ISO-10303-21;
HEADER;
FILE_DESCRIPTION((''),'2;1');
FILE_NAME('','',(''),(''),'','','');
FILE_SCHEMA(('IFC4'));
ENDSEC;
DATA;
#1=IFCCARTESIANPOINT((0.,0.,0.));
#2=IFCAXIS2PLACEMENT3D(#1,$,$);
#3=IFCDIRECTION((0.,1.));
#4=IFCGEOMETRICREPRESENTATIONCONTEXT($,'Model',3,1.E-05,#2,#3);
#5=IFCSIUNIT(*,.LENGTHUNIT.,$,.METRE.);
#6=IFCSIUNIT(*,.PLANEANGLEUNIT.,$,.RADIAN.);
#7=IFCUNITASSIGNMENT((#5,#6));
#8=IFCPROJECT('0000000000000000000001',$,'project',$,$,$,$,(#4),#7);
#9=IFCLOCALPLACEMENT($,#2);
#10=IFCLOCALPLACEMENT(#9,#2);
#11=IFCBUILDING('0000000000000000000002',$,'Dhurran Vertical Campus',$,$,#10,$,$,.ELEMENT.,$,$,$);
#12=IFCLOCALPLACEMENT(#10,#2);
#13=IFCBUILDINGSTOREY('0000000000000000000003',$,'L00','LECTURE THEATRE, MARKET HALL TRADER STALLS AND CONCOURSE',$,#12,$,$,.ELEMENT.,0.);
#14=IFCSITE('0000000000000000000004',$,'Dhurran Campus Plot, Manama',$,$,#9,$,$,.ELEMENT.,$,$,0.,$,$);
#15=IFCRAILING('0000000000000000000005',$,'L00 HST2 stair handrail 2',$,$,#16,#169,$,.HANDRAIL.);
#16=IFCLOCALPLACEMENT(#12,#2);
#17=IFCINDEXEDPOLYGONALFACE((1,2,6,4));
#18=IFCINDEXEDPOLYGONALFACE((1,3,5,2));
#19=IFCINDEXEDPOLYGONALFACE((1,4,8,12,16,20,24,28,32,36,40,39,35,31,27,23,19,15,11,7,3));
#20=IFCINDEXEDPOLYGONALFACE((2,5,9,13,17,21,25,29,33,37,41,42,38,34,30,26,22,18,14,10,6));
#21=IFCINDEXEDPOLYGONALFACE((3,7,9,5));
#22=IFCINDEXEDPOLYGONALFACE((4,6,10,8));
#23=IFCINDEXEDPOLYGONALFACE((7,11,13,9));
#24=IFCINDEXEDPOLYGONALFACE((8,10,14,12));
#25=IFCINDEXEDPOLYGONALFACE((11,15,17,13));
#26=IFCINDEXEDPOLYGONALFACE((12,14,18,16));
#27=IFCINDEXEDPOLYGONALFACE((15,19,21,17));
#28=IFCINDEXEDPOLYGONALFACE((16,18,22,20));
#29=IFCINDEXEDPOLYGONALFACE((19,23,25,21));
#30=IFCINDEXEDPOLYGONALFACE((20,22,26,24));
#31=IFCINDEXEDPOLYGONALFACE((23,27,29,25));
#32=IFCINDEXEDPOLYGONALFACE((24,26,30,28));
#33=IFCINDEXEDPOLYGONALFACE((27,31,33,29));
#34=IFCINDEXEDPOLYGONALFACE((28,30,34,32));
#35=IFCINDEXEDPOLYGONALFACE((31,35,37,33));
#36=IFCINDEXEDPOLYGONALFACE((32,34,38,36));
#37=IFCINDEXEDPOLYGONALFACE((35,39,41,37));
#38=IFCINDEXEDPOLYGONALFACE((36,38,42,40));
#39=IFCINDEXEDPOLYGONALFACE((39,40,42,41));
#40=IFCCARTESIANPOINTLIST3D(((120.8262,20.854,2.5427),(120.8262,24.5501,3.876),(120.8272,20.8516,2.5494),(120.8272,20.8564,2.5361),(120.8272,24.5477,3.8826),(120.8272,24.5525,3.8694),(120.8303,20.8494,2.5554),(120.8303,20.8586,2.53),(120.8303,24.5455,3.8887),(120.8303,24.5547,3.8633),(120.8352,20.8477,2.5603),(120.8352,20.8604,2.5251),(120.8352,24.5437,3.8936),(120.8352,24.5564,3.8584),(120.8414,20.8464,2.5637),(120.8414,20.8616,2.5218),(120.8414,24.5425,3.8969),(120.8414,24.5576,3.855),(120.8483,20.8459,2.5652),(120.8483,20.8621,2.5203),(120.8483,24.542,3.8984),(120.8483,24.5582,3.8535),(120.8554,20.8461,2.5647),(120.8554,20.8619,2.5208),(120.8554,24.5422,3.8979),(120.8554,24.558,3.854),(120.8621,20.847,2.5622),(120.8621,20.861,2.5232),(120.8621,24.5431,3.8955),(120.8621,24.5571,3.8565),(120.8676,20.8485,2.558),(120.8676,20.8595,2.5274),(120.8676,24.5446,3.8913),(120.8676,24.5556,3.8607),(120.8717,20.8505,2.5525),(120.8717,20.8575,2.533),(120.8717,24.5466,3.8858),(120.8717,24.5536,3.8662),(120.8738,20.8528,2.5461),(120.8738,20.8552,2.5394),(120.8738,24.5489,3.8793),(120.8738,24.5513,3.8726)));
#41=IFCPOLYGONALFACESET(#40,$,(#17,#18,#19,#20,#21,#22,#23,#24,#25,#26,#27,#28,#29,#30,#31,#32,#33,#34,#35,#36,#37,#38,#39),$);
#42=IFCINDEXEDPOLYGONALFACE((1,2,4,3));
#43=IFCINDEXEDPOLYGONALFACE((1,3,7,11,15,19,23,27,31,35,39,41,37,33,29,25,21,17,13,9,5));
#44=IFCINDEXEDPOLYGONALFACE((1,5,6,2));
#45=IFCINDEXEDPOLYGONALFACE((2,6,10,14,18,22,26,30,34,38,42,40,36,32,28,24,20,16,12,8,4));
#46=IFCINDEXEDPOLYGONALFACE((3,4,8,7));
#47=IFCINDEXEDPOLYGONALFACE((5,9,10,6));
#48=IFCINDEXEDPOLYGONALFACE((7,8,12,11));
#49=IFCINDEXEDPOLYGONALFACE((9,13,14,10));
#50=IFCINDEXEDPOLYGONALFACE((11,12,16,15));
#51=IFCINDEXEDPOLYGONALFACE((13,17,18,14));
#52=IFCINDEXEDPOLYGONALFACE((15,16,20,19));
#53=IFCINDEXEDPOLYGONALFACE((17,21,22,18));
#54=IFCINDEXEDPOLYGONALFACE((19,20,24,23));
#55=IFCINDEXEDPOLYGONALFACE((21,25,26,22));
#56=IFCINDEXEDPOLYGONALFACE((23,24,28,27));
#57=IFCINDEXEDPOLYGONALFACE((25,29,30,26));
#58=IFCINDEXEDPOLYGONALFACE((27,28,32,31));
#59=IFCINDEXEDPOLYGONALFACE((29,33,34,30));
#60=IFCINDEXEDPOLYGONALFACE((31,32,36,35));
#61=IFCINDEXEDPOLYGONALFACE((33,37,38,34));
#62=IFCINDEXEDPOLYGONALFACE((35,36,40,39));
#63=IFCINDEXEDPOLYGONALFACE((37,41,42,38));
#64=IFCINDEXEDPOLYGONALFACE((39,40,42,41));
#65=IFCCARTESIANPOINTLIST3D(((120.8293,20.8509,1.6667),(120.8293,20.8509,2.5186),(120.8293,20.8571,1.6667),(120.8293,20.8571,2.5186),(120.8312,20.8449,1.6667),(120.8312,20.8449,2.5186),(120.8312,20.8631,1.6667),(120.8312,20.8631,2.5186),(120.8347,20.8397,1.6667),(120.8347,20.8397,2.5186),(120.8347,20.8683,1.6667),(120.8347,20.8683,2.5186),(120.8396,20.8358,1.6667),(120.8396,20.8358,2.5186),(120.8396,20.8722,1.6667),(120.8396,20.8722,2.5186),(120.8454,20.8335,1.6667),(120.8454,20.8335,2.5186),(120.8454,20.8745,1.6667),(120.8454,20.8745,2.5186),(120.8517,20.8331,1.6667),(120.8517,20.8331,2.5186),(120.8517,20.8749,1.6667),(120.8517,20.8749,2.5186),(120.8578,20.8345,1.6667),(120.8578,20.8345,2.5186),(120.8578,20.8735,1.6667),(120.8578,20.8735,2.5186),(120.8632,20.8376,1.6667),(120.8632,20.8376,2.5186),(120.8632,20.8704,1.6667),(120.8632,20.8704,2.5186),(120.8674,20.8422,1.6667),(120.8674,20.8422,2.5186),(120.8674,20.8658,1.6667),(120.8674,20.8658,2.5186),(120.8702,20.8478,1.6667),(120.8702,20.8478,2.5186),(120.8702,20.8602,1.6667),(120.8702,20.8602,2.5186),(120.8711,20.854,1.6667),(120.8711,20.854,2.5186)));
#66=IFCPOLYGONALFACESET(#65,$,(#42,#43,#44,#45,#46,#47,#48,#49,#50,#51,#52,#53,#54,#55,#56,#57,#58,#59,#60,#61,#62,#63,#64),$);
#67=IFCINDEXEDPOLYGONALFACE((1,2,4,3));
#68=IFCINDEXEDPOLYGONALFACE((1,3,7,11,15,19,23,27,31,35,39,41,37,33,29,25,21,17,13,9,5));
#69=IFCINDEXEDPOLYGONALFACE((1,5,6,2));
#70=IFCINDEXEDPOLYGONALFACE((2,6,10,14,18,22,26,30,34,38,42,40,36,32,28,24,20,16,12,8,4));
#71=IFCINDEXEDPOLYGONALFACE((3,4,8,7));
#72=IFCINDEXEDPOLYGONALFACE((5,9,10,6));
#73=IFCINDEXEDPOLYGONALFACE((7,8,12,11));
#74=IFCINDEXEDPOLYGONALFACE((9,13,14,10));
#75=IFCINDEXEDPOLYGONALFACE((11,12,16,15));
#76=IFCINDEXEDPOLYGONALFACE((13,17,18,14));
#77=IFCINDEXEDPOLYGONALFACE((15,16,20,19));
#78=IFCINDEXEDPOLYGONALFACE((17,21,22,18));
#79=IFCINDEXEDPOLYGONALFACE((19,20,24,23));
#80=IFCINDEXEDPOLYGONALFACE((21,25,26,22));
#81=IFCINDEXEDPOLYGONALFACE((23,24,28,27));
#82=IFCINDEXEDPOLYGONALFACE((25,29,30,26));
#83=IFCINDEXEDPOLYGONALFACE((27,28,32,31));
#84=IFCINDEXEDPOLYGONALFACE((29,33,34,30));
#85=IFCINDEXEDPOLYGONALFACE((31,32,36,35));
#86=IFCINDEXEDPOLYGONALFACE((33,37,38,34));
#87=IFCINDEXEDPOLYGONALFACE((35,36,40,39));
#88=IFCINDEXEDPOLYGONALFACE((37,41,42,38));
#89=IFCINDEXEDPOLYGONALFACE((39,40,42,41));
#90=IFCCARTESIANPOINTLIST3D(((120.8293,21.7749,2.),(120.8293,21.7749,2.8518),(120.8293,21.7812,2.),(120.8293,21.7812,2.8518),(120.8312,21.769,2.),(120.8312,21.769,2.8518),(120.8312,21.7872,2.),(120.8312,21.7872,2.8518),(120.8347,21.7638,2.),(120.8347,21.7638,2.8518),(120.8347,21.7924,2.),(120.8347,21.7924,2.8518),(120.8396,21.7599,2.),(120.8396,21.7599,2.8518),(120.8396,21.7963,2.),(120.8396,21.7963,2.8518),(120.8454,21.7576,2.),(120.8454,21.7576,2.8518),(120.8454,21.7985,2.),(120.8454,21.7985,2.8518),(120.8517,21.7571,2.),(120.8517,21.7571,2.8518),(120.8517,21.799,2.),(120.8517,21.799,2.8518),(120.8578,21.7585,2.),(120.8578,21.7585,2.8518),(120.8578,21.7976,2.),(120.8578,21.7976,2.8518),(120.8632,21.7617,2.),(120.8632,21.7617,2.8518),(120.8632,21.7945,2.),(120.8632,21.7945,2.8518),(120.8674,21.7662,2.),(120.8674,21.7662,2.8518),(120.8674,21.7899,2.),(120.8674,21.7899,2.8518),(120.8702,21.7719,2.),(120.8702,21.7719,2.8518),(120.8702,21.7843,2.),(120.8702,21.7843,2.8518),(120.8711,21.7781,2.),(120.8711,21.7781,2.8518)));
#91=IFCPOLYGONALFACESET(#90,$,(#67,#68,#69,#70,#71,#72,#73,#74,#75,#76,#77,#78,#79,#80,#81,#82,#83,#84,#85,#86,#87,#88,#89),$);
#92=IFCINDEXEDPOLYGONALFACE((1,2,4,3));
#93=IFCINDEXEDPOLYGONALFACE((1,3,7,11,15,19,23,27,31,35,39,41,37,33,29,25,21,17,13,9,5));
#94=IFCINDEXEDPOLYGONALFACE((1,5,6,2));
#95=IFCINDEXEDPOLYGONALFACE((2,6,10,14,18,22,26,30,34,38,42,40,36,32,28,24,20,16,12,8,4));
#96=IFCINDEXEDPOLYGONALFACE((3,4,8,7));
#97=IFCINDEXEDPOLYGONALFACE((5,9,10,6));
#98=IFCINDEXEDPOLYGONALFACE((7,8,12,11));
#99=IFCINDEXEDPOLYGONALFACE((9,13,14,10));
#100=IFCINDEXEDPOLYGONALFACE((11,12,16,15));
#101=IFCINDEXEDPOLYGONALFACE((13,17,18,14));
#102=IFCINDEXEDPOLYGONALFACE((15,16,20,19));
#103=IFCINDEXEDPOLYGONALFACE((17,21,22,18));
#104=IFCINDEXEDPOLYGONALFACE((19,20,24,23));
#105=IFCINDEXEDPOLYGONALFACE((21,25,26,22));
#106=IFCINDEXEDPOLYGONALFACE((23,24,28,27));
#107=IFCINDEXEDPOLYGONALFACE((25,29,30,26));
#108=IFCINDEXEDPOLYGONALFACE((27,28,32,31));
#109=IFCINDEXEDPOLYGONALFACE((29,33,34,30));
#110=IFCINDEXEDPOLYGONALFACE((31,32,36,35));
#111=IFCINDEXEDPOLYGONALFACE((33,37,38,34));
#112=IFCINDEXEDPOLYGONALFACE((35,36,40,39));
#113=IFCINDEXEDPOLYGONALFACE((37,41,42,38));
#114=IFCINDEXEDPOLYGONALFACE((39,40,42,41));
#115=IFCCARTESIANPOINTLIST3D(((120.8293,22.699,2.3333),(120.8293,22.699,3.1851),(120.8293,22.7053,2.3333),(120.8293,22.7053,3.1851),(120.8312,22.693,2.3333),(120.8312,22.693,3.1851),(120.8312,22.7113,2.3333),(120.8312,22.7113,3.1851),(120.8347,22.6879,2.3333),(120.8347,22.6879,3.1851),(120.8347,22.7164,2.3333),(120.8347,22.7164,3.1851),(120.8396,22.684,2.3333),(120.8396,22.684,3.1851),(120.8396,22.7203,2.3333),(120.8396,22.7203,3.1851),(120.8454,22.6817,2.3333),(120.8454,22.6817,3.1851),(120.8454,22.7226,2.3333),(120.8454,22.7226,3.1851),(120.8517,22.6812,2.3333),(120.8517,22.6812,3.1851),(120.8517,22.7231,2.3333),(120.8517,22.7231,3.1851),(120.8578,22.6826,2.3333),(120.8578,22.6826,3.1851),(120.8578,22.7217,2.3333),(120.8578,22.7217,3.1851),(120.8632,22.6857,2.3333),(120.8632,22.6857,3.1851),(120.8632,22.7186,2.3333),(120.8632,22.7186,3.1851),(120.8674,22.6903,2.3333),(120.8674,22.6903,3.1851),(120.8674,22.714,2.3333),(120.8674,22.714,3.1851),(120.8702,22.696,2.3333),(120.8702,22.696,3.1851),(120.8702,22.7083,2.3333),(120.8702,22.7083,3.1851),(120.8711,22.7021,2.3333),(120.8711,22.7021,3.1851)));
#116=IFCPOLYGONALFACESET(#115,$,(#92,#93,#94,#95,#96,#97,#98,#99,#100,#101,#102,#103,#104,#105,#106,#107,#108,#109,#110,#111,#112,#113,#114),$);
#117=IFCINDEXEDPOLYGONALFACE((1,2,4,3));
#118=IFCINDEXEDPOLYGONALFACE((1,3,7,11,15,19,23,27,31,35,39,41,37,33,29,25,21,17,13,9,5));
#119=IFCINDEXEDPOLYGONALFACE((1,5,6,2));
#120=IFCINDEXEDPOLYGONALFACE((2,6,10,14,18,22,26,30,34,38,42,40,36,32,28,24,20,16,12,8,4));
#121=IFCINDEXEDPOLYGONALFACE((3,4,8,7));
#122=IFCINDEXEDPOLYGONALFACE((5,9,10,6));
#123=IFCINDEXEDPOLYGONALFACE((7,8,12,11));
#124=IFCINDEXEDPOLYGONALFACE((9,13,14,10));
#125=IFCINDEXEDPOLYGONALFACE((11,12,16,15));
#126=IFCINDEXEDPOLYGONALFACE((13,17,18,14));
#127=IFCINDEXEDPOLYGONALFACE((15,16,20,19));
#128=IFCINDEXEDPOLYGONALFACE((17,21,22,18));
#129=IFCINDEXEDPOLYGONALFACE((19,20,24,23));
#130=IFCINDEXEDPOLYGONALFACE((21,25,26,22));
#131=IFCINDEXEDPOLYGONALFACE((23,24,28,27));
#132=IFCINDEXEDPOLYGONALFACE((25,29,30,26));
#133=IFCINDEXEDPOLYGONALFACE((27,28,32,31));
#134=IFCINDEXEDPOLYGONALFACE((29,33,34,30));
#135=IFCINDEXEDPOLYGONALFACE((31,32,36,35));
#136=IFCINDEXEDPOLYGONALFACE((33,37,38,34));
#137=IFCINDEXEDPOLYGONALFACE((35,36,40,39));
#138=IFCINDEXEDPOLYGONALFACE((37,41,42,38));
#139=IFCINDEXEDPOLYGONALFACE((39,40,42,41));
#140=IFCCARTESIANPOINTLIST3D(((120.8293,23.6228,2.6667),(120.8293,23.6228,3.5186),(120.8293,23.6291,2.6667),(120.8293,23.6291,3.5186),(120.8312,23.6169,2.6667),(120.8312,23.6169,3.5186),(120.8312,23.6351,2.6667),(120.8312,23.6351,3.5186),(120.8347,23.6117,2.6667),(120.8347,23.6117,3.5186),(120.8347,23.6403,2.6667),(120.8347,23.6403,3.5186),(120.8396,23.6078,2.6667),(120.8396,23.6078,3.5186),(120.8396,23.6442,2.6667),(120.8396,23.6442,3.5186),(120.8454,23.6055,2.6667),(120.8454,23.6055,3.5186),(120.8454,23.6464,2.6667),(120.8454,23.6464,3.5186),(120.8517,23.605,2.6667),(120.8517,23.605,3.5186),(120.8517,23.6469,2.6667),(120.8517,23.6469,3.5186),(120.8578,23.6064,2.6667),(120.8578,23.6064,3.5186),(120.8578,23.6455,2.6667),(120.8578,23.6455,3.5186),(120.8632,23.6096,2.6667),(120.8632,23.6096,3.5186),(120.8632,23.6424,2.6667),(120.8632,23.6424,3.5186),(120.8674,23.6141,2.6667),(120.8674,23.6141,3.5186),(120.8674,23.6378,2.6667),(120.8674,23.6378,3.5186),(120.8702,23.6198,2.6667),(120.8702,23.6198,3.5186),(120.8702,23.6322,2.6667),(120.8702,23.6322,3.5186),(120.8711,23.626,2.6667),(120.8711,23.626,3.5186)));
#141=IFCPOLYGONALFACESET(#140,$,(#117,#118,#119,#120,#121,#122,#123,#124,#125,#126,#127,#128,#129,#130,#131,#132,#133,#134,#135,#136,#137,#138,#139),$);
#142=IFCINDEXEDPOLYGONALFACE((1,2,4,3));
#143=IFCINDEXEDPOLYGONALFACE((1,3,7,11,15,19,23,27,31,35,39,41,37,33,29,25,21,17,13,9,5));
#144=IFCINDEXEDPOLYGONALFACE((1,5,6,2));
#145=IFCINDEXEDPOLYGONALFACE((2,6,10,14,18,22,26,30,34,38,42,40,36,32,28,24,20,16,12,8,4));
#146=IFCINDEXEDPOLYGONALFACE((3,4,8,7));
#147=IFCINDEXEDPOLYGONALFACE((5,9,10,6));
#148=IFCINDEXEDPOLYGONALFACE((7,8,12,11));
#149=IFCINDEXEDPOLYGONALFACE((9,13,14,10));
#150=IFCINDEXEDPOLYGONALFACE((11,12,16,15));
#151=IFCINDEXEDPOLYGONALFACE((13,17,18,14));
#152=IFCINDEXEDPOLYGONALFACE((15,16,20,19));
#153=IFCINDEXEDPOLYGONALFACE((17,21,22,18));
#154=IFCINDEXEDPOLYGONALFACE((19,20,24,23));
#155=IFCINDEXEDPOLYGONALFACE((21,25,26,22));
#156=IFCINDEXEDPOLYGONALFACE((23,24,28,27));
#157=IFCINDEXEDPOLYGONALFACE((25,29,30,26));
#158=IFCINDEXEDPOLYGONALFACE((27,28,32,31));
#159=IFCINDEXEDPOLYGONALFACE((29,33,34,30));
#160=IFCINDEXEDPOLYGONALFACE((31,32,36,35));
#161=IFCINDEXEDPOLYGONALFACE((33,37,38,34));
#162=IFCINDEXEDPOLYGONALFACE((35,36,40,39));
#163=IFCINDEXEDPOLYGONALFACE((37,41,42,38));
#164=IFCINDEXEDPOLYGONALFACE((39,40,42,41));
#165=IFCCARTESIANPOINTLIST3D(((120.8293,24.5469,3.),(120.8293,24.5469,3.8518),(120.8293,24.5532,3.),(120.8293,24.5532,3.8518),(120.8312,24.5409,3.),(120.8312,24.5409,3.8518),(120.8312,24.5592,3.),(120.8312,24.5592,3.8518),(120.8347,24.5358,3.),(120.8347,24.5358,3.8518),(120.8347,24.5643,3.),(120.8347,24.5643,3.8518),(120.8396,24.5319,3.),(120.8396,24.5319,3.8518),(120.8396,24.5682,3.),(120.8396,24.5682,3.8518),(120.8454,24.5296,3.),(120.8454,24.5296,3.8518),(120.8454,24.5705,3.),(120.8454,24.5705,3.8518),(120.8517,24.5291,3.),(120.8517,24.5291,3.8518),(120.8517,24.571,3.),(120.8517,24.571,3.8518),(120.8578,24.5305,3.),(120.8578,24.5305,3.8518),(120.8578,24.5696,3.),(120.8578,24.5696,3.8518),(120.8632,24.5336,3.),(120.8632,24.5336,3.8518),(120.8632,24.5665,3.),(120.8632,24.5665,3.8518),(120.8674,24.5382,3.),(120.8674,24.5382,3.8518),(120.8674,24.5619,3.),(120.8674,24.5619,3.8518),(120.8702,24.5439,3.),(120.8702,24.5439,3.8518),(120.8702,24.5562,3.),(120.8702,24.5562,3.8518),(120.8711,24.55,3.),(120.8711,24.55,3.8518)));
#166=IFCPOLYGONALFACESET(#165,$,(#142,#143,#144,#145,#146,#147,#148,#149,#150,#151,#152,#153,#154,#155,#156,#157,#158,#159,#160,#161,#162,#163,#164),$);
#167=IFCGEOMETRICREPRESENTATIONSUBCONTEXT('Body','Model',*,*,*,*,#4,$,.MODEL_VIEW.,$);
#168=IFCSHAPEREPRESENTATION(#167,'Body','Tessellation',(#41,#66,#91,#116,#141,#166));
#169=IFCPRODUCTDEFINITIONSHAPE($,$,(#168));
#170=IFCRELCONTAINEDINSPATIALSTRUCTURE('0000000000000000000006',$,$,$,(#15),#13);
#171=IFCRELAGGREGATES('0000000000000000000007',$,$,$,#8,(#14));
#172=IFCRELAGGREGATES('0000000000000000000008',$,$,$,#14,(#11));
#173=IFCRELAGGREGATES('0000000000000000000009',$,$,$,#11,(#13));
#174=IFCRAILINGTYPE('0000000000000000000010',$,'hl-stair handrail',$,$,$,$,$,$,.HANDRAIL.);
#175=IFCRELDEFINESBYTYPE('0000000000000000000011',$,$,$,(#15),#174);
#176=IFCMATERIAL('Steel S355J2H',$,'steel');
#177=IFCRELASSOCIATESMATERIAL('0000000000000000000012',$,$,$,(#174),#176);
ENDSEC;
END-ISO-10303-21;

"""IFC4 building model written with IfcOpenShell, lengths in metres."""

from ifc_helpers import new_model, si_unit, direction, frame, origin, origin_2d, place, context, subcontext, project, spatial, circle, extrude, material, type_object, element, save


model = new_model("IFC4")

# Units and contexts
model_context = context("Model", 3, precision=1e-05, world=origin(), true_north=direction((0.0, 1.0)))
body_context = subcontext(model_context, "Body", "Model", "MODEL_VIEW")
ifc_project = project(units=[si_unit("LENGTHUNIT", "METRE"), si_unit("PLANEANGLEUNIT", "RADIAN")], contexts=[model_context])

# Site, building, storey
site_placement = place(None, origin())
site = spatial("IfcSite", under=ifc_project, at=site_placement, Name="Dhurran Campus Plot, Manama", CompositionType="ELEMENT", RefElevation=0.0)
building_placement = place(site_placement, origin())
building = spatial("IfcBuilding", under=site, at=building_placement, Name="Dhurran Vertical Campus", CompositionType="ELEMENT")
storey_placement = place(building_placement, origin())
storey = spatial("IfcBuildingStorey", under=building, at=storey_placement, Name="L00", Description="LECTURE THEATRE, MARKET HALL TRADER STALLS AND CONCOURSE", CompositionType="ELEMENT", Elevation=0.0)

# Railing
ifc_material_1 = material(Name="Steel S355J2H", Category="steel")
railing_type_1 = type_object("IfcRailingType", Name="hl-stair handrail", PredefinedType="HANDRAIL", material=ifc_material_1)
railing_1_placement = place(storey_placement, frame((120.8501, 20.854, 1.6667)))
element("IfcRailing", 1, at=railing_1_placement, inside=storey, type_object=railing_type_1, Name="L00 HST2 stair handrail 2", PredefinedType="HANDRAIL", context=body_context, shape_type="SweptSolid", body=[
    extrude(circle(Radius=0.0239, at=origin_2d()), frame((0.0, 0.0, 0.876), z_axis=(0.0, 0.94067, 0.339322), x_axis=(-1.0, 0.0, 0.0)), (0.0, 0.0, 1.0), 3.9292),
    extrude(circle(Radius=0.021, at=origin_2d()), origin(), (0.0, 0.0, 1.0), 0.8518),
    extrude(circle(Radius=0.021, at=origin_2d()), frame((0.0, 0.9241, 0.3333)), (0.0, 0.0, 1.0), 0.8518),
    extrude(circle(Radius=0.021, at=origin_2d()), frame((0.0, 1.8481, 0.6665)), (0.0, 0.0, 1.0), 0.8518),
    extrude(circle(Radius=0.021, at=origin_2d()), frame((0.0, 2.772, 1.0)), (0.0, 0.0, 1.0), 0.8518),
    extrude(circle(Radius=0.021, at=origin_2d()), frame((0.0, 3.696, 1.3333)), (0.0, 0.0, 1.0), 0.8518),
])

save(model, "model.ifc")
